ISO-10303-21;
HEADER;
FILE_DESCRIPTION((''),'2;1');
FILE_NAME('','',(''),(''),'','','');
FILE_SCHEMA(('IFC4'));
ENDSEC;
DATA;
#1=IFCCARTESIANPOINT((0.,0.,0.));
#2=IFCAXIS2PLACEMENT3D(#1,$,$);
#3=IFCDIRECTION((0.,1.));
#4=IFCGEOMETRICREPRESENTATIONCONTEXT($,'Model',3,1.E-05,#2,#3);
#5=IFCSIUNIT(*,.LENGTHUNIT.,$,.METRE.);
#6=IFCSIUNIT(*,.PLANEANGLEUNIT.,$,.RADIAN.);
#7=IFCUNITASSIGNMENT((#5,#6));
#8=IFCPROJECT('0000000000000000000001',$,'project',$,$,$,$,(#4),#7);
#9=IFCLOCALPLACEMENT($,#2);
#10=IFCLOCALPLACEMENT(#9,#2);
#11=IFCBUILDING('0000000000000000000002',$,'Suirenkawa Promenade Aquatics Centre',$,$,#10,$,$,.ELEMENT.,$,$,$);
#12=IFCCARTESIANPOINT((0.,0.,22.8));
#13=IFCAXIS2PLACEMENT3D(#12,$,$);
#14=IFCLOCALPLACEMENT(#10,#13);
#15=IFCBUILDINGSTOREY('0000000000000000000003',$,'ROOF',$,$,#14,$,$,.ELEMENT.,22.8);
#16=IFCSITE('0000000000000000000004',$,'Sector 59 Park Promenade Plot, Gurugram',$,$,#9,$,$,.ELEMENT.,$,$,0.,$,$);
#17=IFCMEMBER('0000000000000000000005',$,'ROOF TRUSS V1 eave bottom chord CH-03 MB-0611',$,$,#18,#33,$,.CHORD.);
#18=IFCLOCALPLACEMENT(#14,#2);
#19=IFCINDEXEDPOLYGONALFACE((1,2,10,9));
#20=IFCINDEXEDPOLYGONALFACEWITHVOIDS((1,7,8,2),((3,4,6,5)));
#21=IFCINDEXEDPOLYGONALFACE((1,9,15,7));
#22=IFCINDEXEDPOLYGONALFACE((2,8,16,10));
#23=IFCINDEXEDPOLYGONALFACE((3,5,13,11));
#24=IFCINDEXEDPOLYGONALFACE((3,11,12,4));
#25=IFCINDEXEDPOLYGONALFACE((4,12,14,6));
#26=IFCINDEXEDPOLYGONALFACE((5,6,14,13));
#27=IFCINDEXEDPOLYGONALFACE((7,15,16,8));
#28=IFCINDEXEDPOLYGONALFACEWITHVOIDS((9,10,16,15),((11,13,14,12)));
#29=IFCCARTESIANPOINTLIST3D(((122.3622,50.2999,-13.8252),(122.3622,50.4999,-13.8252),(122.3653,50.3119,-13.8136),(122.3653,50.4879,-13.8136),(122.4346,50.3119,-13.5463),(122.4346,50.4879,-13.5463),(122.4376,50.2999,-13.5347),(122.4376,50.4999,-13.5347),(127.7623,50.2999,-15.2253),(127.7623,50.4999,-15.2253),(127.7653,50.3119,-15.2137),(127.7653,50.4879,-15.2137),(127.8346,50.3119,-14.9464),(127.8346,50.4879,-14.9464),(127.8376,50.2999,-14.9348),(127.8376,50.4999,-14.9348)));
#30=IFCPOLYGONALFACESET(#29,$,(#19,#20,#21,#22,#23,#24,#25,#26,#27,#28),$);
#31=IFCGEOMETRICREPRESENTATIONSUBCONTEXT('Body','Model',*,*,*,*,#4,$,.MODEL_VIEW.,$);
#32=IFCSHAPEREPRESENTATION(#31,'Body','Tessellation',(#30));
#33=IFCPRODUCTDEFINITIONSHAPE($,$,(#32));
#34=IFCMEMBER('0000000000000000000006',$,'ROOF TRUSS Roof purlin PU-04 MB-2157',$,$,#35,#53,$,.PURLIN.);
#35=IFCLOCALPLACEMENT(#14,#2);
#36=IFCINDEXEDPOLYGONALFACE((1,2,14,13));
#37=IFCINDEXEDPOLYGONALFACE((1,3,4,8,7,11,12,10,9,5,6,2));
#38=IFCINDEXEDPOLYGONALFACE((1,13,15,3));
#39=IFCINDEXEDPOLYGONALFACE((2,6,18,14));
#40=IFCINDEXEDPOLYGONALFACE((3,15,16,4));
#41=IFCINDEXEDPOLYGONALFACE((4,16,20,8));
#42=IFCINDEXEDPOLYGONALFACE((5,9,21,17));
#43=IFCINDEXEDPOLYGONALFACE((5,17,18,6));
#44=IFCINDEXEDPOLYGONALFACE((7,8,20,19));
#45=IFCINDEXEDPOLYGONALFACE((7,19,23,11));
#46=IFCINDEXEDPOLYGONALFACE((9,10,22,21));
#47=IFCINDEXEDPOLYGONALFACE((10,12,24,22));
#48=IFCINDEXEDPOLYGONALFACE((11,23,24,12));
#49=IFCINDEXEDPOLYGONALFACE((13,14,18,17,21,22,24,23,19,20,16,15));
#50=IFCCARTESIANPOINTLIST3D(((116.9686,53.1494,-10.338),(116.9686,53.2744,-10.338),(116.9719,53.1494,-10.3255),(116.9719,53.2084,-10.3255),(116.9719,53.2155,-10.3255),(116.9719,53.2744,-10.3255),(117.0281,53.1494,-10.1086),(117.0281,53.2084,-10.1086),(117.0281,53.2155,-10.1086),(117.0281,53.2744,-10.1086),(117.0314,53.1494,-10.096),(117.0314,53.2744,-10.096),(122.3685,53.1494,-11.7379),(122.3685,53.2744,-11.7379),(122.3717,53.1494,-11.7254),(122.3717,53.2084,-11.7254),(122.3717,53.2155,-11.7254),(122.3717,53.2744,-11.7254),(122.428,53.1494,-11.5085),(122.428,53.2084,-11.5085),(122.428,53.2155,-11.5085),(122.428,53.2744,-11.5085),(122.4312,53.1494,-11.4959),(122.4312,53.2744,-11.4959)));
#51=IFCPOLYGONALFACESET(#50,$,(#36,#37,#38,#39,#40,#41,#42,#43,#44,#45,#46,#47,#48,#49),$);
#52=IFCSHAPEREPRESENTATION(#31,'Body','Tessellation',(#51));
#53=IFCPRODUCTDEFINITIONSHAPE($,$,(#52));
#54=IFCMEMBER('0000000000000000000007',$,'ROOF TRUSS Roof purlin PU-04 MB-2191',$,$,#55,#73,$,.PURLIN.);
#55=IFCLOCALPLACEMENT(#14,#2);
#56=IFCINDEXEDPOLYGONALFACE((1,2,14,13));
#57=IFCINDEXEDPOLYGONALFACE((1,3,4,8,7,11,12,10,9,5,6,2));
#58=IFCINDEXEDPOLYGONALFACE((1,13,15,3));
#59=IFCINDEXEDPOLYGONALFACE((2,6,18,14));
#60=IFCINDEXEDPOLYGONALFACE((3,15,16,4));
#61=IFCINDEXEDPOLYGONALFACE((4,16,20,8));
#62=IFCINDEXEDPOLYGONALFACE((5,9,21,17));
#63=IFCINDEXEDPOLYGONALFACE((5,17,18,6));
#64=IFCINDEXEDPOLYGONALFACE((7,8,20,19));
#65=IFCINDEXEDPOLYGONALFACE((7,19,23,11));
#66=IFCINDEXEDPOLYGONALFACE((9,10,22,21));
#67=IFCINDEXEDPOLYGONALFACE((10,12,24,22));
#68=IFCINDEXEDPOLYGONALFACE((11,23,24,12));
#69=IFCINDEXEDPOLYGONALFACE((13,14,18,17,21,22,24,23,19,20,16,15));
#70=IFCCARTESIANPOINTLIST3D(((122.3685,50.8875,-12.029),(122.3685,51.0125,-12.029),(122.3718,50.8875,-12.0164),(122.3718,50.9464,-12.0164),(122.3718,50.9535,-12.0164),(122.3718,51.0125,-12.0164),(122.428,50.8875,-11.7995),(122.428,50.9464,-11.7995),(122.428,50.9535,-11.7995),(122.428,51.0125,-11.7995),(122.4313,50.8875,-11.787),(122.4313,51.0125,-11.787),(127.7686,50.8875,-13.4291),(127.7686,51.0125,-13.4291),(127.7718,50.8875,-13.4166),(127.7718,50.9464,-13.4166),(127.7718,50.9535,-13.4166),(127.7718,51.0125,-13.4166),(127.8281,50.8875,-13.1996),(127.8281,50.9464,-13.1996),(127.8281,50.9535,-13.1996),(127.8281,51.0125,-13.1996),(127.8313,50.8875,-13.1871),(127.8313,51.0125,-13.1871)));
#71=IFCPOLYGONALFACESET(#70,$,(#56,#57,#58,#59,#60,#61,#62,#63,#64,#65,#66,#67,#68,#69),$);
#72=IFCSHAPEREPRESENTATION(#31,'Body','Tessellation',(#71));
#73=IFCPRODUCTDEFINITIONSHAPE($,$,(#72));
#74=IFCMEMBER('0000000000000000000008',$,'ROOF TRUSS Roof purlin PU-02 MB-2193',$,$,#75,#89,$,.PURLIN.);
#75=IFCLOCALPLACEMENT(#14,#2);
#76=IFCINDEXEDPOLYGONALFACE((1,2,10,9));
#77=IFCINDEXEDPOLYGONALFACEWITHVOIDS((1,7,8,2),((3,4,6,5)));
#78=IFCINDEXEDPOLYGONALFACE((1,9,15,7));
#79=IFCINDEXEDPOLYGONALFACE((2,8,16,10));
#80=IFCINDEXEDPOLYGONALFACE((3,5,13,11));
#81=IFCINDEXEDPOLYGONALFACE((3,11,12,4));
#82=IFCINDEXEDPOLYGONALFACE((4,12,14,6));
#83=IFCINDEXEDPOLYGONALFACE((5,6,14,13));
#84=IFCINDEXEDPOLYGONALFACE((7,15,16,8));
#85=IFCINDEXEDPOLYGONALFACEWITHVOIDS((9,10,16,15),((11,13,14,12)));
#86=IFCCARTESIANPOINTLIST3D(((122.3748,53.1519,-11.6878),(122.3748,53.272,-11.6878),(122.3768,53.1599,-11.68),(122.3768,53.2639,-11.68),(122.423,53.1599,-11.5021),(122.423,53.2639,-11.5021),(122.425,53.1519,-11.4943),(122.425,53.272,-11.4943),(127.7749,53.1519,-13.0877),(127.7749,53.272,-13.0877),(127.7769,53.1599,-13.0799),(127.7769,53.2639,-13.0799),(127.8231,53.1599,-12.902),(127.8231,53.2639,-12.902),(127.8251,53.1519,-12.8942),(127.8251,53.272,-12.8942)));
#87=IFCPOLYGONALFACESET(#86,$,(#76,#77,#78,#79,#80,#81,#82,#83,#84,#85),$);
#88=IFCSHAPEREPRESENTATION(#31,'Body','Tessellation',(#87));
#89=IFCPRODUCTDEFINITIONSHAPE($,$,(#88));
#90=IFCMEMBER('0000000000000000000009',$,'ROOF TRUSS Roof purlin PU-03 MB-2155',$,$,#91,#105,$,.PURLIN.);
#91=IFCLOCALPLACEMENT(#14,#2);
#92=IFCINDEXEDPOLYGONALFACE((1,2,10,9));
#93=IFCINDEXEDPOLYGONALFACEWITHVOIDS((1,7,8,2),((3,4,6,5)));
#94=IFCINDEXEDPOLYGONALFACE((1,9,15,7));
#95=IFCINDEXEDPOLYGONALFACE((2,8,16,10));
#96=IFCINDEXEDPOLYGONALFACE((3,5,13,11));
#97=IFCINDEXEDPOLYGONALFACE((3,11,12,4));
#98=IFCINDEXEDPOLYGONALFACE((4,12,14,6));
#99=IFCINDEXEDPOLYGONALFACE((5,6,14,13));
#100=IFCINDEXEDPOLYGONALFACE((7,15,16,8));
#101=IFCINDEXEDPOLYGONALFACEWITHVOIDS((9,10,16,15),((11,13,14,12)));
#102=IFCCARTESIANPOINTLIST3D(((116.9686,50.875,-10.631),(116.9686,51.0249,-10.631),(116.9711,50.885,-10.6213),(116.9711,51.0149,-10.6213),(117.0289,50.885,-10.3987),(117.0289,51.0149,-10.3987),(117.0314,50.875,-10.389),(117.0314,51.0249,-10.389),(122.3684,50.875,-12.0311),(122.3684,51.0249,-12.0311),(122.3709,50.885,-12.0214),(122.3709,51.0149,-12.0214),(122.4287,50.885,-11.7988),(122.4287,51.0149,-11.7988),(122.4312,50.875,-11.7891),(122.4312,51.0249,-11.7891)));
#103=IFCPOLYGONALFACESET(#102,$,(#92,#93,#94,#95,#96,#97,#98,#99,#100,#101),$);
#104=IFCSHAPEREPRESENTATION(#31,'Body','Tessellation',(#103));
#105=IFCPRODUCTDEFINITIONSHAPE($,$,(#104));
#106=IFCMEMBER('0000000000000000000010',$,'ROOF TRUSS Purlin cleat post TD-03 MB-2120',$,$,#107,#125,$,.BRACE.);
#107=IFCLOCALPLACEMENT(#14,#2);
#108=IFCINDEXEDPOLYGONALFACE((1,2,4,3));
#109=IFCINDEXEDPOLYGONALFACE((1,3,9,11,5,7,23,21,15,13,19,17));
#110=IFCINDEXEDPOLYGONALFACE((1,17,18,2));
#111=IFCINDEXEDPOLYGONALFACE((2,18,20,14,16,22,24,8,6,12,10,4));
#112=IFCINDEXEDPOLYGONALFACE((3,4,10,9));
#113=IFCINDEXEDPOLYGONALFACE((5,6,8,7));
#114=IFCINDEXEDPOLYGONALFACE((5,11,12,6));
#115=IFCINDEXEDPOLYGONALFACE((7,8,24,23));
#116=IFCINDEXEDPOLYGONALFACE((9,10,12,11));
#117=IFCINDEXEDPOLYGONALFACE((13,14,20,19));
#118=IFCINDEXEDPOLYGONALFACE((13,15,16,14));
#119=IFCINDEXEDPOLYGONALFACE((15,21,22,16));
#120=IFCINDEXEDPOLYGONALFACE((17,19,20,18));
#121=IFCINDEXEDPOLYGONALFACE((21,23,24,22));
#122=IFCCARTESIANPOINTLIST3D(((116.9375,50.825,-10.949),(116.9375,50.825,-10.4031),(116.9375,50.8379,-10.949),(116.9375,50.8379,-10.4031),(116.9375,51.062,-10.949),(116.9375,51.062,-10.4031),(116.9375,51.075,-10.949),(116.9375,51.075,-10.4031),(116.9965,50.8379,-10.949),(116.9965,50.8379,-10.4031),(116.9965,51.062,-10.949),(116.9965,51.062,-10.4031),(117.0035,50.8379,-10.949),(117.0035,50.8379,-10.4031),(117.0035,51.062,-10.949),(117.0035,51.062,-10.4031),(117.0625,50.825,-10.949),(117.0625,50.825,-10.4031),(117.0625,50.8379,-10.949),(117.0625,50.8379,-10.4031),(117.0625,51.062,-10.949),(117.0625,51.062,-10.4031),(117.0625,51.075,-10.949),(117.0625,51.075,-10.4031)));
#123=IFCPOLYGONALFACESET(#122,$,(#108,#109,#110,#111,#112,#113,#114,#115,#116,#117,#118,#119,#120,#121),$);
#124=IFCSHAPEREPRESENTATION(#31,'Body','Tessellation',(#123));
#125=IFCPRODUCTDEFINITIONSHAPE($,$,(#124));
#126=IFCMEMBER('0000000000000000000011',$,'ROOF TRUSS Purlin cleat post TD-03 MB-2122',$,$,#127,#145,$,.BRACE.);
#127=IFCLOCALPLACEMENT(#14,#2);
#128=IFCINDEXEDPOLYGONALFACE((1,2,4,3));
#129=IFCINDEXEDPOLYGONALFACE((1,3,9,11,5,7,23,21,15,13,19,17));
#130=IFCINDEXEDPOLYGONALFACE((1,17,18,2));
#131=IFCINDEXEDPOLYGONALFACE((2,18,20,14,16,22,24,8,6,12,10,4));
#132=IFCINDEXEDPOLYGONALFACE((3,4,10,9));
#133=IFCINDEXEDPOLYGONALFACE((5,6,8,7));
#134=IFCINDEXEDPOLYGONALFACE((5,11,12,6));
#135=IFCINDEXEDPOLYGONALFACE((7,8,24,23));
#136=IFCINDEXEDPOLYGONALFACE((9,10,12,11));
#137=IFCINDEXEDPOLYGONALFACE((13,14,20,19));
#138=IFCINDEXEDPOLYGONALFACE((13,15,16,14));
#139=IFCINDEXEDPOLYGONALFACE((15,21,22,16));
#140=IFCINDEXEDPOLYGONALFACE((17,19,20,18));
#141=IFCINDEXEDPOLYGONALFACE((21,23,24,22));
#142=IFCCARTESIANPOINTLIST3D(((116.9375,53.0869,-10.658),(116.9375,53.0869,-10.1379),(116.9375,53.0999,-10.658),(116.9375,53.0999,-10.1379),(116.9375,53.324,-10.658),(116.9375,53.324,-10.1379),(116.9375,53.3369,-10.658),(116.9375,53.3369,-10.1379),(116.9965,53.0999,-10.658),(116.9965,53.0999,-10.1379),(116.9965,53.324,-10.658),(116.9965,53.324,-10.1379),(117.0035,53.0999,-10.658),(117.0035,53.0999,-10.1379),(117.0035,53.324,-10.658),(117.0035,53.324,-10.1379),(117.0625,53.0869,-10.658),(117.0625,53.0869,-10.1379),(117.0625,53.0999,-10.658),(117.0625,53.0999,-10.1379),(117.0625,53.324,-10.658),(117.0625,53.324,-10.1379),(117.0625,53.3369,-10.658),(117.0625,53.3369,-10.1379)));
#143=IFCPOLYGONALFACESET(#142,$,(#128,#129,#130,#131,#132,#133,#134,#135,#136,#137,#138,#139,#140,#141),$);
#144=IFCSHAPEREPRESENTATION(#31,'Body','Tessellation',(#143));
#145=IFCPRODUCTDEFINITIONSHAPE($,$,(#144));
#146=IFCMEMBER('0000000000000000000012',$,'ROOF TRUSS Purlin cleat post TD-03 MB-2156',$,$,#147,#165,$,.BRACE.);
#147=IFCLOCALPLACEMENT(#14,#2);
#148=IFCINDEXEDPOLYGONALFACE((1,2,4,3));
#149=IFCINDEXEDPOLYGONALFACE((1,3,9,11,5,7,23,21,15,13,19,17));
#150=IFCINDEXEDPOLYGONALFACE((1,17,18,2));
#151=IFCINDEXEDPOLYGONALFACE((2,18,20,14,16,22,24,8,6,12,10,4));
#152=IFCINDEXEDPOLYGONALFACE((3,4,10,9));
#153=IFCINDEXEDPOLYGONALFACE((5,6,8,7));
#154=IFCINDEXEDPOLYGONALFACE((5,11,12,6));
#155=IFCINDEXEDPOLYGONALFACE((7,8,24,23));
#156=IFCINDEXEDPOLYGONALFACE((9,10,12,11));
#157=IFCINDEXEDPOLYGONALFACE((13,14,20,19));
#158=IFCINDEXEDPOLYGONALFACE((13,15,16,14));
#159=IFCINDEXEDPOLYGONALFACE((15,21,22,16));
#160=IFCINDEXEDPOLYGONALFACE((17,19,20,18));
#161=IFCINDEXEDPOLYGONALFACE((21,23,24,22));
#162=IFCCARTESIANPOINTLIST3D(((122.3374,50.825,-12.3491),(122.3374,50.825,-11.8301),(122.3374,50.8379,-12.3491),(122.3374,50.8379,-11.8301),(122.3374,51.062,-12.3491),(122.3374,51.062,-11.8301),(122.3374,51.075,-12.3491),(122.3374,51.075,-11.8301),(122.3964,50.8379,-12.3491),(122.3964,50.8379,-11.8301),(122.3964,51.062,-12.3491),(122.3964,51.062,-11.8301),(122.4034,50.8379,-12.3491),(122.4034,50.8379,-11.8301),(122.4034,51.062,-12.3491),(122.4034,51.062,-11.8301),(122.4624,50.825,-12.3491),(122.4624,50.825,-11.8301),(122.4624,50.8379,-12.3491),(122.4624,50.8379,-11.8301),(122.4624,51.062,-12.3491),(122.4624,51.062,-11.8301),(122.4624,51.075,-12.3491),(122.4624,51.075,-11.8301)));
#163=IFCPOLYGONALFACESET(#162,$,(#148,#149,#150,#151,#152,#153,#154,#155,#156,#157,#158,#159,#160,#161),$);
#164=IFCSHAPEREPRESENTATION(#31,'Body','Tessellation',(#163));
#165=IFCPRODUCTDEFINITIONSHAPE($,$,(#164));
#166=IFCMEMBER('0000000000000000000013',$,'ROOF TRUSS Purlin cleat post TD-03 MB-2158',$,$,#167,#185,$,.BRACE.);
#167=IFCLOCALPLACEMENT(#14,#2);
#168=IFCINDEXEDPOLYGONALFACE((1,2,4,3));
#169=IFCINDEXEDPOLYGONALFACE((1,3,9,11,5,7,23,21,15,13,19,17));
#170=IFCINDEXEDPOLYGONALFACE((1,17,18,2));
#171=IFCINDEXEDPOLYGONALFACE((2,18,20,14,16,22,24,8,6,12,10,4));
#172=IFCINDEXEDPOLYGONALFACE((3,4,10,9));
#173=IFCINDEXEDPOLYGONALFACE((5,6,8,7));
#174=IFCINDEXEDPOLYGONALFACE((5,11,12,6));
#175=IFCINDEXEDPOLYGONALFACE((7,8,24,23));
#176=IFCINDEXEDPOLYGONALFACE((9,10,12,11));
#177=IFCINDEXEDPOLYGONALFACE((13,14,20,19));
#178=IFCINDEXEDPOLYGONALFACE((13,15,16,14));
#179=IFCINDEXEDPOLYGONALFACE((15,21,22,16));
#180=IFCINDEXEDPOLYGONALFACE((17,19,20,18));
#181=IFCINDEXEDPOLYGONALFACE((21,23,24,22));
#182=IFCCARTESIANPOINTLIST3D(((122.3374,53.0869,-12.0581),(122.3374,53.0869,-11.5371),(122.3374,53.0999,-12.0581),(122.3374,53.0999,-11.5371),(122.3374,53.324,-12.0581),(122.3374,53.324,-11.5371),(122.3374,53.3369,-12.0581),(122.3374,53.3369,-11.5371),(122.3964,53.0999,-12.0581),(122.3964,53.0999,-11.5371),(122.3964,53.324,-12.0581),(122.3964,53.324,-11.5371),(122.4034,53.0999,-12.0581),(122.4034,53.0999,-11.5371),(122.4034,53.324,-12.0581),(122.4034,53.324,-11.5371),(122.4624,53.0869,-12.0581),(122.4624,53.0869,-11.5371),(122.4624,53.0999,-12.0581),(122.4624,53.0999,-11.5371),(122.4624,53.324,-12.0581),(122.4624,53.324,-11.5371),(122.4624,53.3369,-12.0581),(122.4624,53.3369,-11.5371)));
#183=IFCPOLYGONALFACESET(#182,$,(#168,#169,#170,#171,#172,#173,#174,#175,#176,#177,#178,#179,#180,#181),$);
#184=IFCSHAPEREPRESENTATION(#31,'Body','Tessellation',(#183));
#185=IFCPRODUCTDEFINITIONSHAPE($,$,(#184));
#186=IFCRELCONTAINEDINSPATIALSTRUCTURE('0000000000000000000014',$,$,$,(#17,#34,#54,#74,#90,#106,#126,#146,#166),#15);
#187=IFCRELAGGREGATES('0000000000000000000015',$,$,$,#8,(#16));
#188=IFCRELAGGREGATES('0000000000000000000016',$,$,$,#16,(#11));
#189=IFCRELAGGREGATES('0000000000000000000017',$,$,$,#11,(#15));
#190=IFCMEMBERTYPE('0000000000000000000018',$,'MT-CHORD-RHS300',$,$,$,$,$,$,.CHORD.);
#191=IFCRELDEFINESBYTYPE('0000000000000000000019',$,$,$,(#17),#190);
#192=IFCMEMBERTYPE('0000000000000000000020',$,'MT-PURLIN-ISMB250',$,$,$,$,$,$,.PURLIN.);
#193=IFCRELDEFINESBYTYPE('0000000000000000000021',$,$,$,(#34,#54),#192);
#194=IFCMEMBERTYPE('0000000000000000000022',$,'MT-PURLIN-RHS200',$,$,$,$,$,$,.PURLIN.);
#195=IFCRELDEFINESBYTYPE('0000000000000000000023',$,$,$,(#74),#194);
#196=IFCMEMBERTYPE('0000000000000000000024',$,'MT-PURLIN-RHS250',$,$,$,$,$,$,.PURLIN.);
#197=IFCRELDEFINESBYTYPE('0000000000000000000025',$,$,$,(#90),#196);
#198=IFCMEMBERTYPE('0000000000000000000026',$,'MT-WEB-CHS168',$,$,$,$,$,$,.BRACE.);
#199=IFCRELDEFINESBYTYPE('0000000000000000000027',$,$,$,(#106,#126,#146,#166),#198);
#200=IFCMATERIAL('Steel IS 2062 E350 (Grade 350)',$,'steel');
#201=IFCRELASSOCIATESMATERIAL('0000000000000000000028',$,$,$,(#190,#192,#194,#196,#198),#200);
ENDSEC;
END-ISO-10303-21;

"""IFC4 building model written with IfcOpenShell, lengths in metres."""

from ifc_helpers import new_model, si_unit, direction, frame, origin, origin_2d, place, context, subcontext, project, spatial, hollow_rectangle, i_section, extrude, material, material_profile, profile_set, type_object, element, save


model = new_model("IFC4")

# Units and contexts
model_context = context("Model", 3, precision=1e-05, world=origin(), true_north=direction((0.0, 1.0)))
body_context = subcontext(model_context, "Body", "Model", "MODEL_VIEW")
ifc_project = project(units=[si_unit("LENGTHUNIT", "METRE"), si_unit("PLANEANGLEUNIT", "RADIAN")], contexts=[model_context])

# Site, building, storey
site_placement = place(None, origin())
site = spatial("IfcSite", under=ifc_project, at=site_placement, Name="Sector 59 Park Promenade Plot, Gurugram", CompositionType="ELEMENT", RefElevation=0.0)
building_placement = place(site_placement, origin())
building = spatial("IfcBuilding", under=site, at=building_placement, Name="Suirenkawa Promenade Aquatics Centre", CompositionType="ELEMENT")
storey_placement = place(building_placement, frame((0.0, 0.0, 22.8)))
storey = spatial("IfcBuildingStorey", under=building, at=storey_placement, Name="ROOF", CompositionType="ELEMENT", Elevation=22.8)

# Shared definitions
ifc_material_1 = material(Name="Steel IS 2062 E350 (Grade 350)", Category="steel")

# Members
ifc_material_profile_1 = material_profile(ifc_material_1, hollow_rectangle(XDim=0.2, YDim=0.3, WallThickness=0.012, at=origin_2d()), Name="RHS 300x200x12", Category="steel")
ifc_profile_set_1 = profile_set([ifc_material_profile_1], Name="Steel IS 2062 E350 (Grade 350)")
member_type_1 = type_object("IfcMemberType", Name="MT-CHORD-RHS300", PredefinedType="CHORD", material=ifc_profile_set_1)
member_1_placement = place(storey_placement, frame((122.3999, 50.3999, -13.6799), z_axis=(0.967992, 0.0, -0.25098), x_axis=(0.0, 1.0, 0.0)))
element("IfcMember", 1, at=member_1_placement, inside=storey, type_object=member_type_1, Name="ROOF TRUSS V1 eave bottom chord CH-03 MB-0611", PredefinedType="CHORD", context=body_context, shape_type="SweptSolid", body=[
    extrude(hollow_rectangle(XDim=0.2, YDim=0.3, WallThickness=0.012, at=origin_2d()), origin(), (0.0, 0.0, 1.0), 5.5786),
])
ifc_material_profile_2 = material_profile(ifc_material_1, i_section(OverallWidth=0.125, OverallDepth=0.25, WebThickness=0.0071, FlangeThickness=0.0129, at=origin_2d()), Name="ISMB 250", Category="steel")
ifc_profile_set_2 = profile_set([ifc_material_profile_2], Name="Steel IS 2062 E350 (Grade 350)")
member_type_2 = type_object("IfcMemberType", Name="MT-PURLIN-ISMB250", PredefinedType="PURLIN", material=ifc_profile_set_2)
member_2_placement = place(storey_placement, frame((117.0, 53.2119, -10.217), z_axis=(0.968, 0.0, -0.25095), x_axis=(0.0, 1.0, 0.0)))
element("IfcMember", 2, at=member_2_placement, inside=storey, type_object=member_type_2, Name="ROOF TRUSS Roof purlin PU-04 MB-2157", PredefinedType="PURLIN", context=body_context, shape_type="SweptSolid", body=[
    extrude(i_section(OverallWidth=0.125, OverallDepth=0.25, WebThickness=0.0071, FlangeThickness=0.0129, at=origin_2d()), origin(), (0.0, 0.0, 1.0), 5.5784),
])
member_3_placement = place(storey_placement, frame((122.3999, 50.95, -11.908), z_axis=(0.967992, 0.0, -0.25098), x_axis=(0.0, 1.0, 0.0)))
element("IfcMember", 3, at=member_3_placement, inside=storey, type_object=member_type_2, Name="ROOF TRUSS Roof purlin PU-04 MB-2191", PredefinedType="PURLIN", context=body_context, shape_type="SweptSolid", body=[
    extrude(i_section(OverallWidth=0.125, OverallDepth=0.25, WebThickness=0.0071, FlangeThickness=0.0129, at=origin_2d()), origin(), (0.0, 0.0, 1.0), 5.5786),
])
ifc_material_profile_3 = material_profile(ifc_material_1, hollow_rectangle(XDim=0.1201, YDim=0.2, WallThickness=0.0081, at=origin_2d()), Name="RHS 200x120x8", Category="steel")
ifc_profile_set_3 = profile_set([ifc_material_profile_3], Name="Steel IS 2062 E350 (Grade 350)")
member_type_3 = type_object("IfcMemberType", Name="MT-PURLIN-RHS200", PredefinedType="PURLIN", material=ifc_profile_set_3)
member_4_placement = place(storey_placement, frame((122.3999, 53.2119, -11.5911), z_axis=(0.968003, 0.0, -0.250939), x_axis=(0.0, 1.0, 0.0)))
element("IfcMember", 4, at=member_4_placement, inside=storey, type_object=member_type_3, Name="ROOF TRUSS Roof purlin PU-02 MB-2193", PredefinedType="PURLIN", context=body_context, shape_type="SweptSolid", body=[
    extrude(hollow_rectangle(XDim=0.1201, YDim=0.2, WallThickness=0.0081, at=origin_2d()), origin(), (0.0, 0.0, 1.0), 5.5786),
])
ifc_material_profile_4 = material_profile(ifc_material_1, hollow_rectangle(XDim=0.1499, YDim=0.25, WallThickness=0.01, at=origin_2d()), Name="RHS 250x150x10", Category="steel")
ifc_profile_set_4 = profile_set([ifc_material_profile_4], Name="Steel IS 2062 E350 (Grade 350)")
member_type_4 = type_object("IfcMemberType", Name="MT-PURLIN-RHS250", PredefinedType="PURLIN", material=ifc_profile_set_4)
member_5_placement = place(storey_placement, frame((117.0, 50.95, -10.51), z_axis=(0.967989, 0.0, -0.250991), x_axis=(0.0, 1.0, 0.0)))
element("IfcMember", 5, at=member_5_placement, inside=storey, type_object=member_type_4, Name="ROOF TRUSS Roof purlin PU-03 MB-2155", PredefinedType="PURLIN", context=body_context, shape_type="SweptSolid", body=[
    extrude(hollow_rectangle(XDim=0.1499, YDim=0.25, WallThickness=0.01, at=origin_2d()), origin(), (0.0, 0.0, 1.0), 5.5784),
])
ifc_material_profile_5 = material_profile(ifc_material_1, i_section(OverallWidth=0.125, OverallDepth=0.25, WebThickness=0.0071, FlangeThickness=0.0129, at=origin_2d()), Name="ISMB 250", Category="steel")
ifc_profile_set_5 = profile_set([ifc_material_profile_5], Name="Steel IS 2062 E350 (Grade 350)")
member_type_5 = type_object("IfcMemberType", Name="MT-WEB-CHS168", PredefinedType="BRACE", material=ifc_profile_set_5)
member_6_placement = place(storey_placement, frame((117.0, 50.95, -10.949), z_axis=(0.0, 0.0, 1.0), x_axis=(1.0, 0.0, 0.0)))
element("IfcMember", 6, at=member_6_placement, inside=storey, type_object=member_type_5, Name="ROOF TRUSS Purlin cleat post TD-03 MB-2120", PredefinedType="BRACE", context=body_context, shape_type="SweptSolid", body=[
    extrude(i_section(OverallWidth=0.125, OverallDepth=0.25, WebThickness=0.0071, FlangeThickness=0.0129, at=origin_2d()), origin(), (0.0, 0.0, 1.0), 0.5459),
])
member_7_placement = place(storey_placement, frame((117.0, 53.2119, -10.658), z_axis=(0.0, 0.0, 1.0), x_axis=(1.0, 0.0, 0.0)))
element("IfcMember", 7, at=member_7_placement, inside=storey, type_object=member_type_5, Name="ROOF TRUSS Purlin cleat post TD-03 MB-2122", PredefinedType="BRACE", context=body_context, shape_type="SweptSolid", body=[
    extrude(i_section(OverallWidth=0.125, OverallDepth=0.25, WebThickness=0.0071, FlangeThickness=0.0129, at=origin_2d()), origin(), (0.0, 0.0, 1.0), 0.52),
])
member_8_placement = place(storey_placement, frame((122.3999, 50.95, -12.3491), z_axis=(0.0, 0.0, 1.0), x_axis=(1.0, 0.0, 0.0)))
element("IfcMember", 8, at=member_8_placement, inside=storey, type_object=member_type_5, Name="ROOF TRUSS Purlin cleat post TD-03 MB-2156", PredefinedType="BRACE", context=body_context, shape_type="SweptSolid", body=[
    extrude(i_section(OverallWidth=0.125, OverallDepth=0.25, WebThickness=0.0071, FlangeThickness=0.0129, at=origin_2d()), origin(), (0.0, 0.0, 1.0), 0.519),
])
member_9_placement = place(storey_placement, frame((122.3999, 53.2119, -12.0581), z_axis=(0.0, 0.0, 1.0), x_axis=(1.0, 0.0, 0.0)))
element("IfcMember", 9, at=member_9_placement, inside=storey, type_object=member_type_5, Name="ROOF TRUSS Purlin cleat post TD-03 MB-2158", PredefinedType="BRACE", context=body_context, shape_type="SweptSolid", body=[
    extrude(i_section(OverallWidth=0.125, OverallDepth=0.25, WebThickness=0.0071, FlangeThickness=0.0129, at=origin_2d()), origin(), (0.0, 0.0, 1.0), 0.521),
])

save(model, "model.ifc")
